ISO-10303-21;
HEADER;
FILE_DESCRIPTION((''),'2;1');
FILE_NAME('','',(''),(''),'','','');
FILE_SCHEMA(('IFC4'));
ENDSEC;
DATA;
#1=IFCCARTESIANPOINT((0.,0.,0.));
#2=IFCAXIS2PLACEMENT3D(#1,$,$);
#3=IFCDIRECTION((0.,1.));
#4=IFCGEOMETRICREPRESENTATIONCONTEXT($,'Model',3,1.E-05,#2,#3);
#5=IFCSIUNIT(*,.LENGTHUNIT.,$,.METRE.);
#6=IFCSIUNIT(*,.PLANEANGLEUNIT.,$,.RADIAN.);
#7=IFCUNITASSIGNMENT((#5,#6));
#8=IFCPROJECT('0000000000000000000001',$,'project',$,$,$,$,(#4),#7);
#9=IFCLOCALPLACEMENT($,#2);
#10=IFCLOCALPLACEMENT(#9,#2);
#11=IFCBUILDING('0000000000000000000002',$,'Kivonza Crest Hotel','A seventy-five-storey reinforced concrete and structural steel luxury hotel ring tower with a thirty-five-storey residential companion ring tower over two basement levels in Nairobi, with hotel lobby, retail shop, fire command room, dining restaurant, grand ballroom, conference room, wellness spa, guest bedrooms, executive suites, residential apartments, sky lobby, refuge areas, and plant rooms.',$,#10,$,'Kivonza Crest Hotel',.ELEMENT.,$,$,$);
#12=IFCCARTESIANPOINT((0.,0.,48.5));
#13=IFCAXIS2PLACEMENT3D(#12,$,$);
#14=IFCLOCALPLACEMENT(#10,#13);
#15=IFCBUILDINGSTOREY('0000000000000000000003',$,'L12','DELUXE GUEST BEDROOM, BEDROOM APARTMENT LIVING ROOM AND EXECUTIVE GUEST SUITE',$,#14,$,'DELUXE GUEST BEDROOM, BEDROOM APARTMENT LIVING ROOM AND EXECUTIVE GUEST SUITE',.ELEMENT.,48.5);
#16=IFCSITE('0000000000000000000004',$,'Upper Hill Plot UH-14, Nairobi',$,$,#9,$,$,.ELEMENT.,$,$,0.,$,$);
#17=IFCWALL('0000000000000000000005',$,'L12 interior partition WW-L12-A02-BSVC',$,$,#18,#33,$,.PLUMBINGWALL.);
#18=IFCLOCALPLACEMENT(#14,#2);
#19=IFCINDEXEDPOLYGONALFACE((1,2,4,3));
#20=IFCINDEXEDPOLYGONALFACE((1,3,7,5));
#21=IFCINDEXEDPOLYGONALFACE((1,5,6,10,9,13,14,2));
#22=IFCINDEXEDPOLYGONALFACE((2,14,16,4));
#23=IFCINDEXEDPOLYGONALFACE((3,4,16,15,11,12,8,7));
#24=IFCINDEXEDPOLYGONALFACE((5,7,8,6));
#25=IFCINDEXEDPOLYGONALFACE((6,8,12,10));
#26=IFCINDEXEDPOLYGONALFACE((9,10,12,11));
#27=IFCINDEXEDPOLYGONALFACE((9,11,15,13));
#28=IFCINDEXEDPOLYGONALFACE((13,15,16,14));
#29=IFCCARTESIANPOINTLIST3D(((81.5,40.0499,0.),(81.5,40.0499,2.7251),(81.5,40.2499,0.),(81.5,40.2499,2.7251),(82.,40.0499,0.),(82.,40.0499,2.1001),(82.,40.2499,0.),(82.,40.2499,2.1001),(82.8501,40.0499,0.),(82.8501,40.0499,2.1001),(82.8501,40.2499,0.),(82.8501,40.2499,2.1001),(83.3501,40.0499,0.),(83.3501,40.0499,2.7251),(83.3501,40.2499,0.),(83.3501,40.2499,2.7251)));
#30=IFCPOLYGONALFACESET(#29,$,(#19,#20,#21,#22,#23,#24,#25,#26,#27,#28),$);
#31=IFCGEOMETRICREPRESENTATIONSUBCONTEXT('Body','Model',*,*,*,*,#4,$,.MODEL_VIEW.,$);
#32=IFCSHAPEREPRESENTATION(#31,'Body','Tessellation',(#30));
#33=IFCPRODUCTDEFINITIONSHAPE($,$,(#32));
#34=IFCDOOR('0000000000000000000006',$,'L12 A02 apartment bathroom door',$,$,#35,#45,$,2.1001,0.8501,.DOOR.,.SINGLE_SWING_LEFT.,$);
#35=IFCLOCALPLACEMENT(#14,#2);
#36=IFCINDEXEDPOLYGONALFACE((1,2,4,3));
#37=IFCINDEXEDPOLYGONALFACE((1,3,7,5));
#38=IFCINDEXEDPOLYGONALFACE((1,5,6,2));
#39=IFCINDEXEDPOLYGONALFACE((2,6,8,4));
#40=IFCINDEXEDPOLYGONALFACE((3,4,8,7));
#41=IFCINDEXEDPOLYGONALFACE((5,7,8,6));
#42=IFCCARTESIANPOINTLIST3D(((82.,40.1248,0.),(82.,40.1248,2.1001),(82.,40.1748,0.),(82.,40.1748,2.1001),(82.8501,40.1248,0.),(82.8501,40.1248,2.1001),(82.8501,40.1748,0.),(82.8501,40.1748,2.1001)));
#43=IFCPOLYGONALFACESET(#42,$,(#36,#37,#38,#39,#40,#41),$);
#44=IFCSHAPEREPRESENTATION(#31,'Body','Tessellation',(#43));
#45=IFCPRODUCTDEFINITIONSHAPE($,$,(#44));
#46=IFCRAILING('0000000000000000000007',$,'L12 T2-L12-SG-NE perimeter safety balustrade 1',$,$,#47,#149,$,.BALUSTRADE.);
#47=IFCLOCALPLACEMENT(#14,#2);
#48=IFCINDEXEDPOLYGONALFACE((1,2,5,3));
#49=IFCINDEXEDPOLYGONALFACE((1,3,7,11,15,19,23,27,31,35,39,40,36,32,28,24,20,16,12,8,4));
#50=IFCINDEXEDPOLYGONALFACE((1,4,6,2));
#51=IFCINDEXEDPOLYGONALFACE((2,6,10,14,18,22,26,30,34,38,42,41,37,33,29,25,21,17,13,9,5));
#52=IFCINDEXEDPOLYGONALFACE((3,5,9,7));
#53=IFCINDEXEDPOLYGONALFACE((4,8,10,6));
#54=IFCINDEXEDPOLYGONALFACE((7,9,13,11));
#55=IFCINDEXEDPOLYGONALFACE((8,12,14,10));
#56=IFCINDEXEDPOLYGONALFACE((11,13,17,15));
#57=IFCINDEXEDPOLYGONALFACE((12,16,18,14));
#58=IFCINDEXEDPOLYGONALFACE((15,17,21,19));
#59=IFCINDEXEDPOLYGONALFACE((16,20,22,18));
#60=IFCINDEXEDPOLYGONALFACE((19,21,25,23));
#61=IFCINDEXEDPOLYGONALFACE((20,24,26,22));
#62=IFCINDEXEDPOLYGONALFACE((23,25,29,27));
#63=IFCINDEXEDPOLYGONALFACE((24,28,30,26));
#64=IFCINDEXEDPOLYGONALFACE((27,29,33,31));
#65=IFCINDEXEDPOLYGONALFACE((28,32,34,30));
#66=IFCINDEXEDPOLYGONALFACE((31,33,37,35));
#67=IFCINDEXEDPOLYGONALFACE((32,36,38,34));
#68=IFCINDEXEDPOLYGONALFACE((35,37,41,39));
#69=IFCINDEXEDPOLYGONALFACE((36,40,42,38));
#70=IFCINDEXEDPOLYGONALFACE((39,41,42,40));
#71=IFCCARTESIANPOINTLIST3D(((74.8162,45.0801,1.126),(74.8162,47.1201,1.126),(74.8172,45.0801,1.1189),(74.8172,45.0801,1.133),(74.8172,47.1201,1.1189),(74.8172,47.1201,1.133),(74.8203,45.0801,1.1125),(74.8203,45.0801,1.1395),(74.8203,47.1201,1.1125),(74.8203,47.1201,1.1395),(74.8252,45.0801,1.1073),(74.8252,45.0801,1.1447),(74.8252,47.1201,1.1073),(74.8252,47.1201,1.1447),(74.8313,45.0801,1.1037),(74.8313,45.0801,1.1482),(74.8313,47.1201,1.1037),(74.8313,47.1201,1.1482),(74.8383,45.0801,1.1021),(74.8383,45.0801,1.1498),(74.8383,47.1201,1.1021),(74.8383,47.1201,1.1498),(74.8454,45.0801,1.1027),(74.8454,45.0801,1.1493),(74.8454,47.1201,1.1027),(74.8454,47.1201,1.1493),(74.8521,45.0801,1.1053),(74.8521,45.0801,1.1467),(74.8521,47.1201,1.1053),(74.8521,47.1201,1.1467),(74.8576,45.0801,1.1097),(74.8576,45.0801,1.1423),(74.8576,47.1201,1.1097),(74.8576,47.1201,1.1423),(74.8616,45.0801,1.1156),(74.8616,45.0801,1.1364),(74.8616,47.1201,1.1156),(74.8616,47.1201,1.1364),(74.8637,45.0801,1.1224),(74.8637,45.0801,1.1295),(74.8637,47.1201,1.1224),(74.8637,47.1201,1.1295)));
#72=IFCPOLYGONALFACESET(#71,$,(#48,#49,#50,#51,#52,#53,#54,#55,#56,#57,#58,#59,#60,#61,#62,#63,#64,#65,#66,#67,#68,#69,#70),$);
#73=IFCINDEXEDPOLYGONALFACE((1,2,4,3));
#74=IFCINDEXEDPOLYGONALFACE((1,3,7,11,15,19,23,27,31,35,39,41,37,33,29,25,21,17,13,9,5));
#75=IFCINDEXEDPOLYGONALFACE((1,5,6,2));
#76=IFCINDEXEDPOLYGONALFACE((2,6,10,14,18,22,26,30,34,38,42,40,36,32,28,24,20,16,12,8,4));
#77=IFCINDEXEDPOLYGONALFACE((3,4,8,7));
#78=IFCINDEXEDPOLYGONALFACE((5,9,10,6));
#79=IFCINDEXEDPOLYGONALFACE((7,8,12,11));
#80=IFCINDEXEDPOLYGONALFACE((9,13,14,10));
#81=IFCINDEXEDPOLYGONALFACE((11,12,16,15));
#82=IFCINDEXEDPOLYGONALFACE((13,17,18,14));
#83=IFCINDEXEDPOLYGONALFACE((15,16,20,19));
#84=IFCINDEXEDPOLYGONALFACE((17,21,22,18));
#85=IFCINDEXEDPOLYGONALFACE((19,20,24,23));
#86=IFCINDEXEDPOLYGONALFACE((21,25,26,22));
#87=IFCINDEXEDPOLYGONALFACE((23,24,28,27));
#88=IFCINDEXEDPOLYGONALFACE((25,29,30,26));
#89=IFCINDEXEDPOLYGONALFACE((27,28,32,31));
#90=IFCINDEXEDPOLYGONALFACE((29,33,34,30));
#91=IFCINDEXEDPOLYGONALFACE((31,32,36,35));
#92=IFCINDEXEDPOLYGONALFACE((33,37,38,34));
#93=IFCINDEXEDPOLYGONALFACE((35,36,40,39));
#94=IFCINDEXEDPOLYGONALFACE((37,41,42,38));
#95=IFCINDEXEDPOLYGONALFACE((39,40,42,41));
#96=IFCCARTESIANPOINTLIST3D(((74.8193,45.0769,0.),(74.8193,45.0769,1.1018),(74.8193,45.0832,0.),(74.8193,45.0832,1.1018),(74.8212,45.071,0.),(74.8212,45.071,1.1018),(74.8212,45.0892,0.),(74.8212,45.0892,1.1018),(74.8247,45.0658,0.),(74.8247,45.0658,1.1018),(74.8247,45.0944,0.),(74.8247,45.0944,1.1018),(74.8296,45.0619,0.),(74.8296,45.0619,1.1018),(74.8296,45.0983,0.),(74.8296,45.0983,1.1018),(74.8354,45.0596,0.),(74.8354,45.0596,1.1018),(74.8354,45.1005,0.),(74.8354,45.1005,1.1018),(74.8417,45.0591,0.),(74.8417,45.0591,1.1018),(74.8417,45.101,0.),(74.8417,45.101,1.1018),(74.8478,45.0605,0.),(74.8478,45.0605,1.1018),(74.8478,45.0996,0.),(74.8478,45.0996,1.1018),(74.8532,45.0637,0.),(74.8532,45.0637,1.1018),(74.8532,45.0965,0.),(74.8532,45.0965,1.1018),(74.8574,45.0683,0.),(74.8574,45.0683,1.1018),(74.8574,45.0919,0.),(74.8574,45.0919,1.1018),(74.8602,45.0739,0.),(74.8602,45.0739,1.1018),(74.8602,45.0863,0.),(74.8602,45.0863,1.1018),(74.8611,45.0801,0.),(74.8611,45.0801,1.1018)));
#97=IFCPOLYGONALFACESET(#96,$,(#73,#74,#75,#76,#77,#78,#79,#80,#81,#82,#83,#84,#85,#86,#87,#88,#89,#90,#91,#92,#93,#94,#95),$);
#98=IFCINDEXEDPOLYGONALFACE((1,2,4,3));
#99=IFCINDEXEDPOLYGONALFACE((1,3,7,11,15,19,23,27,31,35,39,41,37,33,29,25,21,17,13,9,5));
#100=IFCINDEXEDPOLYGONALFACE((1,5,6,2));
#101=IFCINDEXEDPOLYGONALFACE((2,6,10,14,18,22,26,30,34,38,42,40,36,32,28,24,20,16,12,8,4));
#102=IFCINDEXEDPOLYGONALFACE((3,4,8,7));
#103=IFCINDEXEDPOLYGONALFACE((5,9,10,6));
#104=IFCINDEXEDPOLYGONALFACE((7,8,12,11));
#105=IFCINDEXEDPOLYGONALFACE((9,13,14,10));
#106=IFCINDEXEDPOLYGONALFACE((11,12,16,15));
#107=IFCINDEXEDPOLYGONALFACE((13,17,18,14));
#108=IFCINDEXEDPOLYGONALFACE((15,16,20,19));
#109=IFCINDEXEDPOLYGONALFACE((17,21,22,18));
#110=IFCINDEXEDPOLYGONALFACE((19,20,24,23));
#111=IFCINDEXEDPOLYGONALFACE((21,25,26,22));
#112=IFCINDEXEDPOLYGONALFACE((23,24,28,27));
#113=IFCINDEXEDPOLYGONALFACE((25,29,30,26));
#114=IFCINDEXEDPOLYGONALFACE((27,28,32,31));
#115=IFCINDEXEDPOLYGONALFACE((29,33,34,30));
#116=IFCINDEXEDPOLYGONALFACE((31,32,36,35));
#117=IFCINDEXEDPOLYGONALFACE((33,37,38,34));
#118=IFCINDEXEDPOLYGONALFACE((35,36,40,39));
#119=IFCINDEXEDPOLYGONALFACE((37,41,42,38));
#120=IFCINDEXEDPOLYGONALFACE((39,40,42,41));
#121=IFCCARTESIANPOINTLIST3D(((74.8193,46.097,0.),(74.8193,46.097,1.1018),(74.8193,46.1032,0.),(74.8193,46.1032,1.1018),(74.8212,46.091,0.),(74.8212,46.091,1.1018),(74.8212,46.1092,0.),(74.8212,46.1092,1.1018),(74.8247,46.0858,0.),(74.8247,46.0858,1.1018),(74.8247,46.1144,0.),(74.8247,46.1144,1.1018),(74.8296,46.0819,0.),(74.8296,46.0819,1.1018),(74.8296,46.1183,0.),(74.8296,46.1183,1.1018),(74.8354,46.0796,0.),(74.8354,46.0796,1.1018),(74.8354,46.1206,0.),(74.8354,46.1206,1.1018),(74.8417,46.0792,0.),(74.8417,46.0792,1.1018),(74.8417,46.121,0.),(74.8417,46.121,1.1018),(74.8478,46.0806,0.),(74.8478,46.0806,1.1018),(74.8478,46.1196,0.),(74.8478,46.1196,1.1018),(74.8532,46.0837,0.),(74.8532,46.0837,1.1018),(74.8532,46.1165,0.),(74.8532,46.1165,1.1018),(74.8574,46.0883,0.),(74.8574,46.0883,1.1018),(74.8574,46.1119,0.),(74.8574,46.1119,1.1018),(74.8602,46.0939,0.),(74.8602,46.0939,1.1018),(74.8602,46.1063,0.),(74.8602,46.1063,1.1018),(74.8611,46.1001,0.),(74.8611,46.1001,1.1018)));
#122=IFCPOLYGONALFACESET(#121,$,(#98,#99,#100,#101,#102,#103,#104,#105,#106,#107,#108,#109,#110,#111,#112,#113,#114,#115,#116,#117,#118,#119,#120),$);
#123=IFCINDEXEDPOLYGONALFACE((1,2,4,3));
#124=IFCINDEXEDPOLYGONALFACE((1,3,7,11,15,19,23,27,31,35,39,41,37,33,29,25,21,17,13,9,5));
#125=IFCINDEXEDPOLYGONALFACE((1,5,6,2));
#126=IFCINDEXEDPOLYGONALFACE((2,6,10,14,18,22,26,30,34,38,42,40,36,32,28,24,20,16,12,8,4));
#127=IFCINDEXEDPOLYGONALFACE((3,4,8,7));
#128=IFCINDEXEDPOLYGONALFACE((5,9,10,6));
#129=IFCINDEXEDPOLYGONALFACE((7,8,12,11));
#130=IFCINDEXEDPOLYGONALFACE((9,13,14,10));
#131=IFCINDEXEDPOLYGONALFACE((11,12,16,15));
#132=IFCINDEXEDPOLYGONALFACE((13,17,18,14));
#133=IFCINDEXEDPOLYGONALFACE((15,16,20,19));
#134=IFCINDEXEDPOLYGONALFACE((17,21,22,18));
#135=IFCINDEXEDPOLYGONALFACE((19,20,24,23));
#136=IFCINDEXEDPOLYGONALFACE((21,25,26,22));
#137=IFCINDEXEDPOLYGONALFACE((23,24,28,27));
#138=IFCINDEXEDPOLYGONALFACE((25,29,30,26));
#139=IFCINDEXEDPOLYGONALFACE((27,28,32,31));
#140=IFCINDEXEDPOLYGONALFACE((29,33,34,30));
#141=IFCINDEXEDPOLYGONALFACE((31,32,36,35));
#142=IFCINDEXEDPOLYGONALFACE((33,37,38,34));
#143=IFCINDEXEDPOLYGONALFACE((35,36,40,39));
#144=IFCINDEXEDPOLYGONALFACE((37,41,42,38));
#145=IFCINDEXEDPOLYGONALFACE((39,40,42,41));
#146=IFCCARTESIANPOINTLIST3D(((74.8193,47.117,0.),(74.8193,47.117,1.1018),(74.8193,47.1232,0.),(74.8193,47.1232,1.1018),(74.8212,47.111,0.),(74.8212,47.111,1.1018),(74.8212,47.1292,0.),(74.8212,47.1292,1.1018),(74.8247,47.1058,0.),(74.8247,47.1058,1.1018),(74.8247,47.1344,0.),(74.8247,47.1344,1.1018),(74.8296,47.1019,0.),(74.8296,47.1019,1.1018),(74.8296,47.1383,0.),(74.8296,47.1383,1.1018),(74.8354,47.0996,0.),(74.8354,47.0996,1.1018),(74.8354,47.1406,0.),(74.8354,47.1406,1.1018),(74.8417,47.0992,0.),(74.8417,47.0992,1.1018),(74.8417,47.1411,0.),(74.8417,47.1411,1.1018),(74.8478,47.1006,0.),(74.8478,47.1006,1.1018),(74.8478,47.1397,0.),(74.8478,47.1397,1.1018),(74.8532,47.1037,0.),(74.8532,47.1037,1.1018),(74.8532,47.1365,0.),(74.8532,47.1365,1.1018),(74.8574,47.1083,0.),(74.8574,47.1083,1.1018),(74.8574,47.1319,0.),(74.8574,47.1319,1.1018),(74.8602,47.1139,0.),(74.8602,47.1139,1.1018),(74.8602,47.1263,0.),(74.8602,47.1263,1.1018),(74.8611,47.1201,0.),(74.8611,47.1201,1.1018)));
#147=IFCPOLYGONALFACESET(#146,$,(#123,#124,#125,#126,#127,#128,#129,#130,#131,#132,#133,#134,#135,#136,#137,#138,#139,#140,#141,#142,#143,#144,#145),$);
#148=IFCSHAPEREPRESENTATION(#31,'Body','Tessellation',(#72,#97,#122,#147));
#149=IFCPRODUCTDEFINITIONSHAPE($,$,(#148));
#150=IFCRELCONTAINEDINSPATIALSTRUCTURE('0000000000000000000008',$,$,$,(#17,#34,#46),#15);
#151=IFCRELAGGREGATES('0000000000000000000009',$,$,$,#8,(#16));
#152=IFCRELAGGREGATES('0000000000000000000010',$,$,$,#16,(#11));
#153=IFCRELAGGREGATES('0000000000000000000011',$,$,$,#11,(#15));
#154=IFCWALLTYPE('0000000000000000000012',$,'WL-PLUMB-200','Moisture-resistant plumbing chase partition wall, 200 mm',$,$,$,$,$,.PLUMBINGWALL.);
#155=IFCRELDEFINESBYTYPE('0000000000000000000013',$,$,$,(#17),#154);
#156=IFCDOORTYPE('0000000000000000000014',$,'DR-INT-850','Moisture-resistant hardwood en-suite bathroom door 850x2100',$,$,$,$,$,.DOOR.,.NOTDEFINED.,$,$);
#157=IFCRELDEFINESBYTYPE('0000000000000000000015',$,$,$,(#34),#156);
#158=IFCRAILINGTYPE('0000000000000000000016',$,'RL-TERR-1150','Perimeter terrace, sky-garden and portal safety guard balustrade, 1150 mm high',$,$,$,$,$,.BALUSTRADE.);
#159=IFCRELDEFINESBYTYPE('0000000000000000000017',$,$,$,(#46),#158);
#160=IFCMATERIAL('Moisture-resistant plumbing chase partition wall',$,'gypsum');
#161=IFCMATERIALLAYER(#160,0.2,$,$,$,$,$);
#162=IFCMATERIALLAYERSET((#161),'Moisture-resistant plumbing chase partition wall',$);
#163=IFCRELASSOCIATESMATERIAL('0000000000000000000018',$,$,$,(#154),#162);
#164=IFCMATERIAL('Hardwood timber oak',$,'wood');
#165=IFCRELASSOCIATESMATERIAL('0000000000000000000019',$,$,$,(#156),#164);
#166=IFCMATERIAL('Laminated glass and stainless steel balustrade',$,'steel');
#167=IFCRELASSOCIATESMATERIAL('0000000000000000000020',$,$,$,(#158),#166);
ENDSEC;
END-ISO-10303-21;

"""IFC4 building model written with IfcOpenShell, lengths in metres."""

from ifc_helpers import new_model, si_unit, direction, frame, frame_2d, origin, origin_2d, place, context, subcontext, project, spatial, rectangle, circle, extrude, material, layer, layer_set, type_object, element, fill, save


model = new_model("IFC4")

# Units and contexts
model_context = context("Model", 3, precision=1e-05, world=origin(), true_north=direction((0.0, 1.0)))
body_context = subcontext(model_context, "Body", "Model", "MODEL_VIEW")
ifc_project = project(units=[si_unit("LENGTHUNIT", "METRE"), si_unit("PLANEANGLEUNIT", "RADIAN")], contexts=[model_context])

# Site, building, storey
site_placement = place(None, origin())
site = spatial("IfcSite", under=ifc_project, at=site_placement, Name="Upper Hill Plot UH-14, Nairobi", CompositionType="ELEMENT", RefElevation=0.0)
building_placement = place(site_placement, origin())
building = spatial("IfcBuilding", under=site, at=building_placement, Name="Kivonza Crest Hotel", Description="A seventy-five-storey reinforced concrete and structural steel luxury hotel ring tower with a thirty-five-storey residential companion ring tower over two basement levels in Nairobi, with hotel lobby, retail shop, fire command room, dining restaurant, grand ballroom, conference room, wellness spa, guest bedrooms, executive suites, residential apartments, sky lobby, refuge areas, and plant rooms.", LongName="Kivonza Crest Hotel", CompositionType="ELEMENT")
storey_placement = place(building_placement, frame((0.0, 0.0, 48.5)))
storey = spatial("IfcBuildingStorey", under=building, at=storey_placement, Name="L12", Description="DELUXE GUEST BEDROOM, BEDROOM APARTMENT LIVING ROOM AND EXECUTIVE GUEST SUITE", LongName="DELUXE GUEST BEDROOM, BEDROOM APARTMENT LIVING ROOM AND EXECUTIVE GUEST SUITE", CompositionType="ELEMENT", Elevation=48.5)

# Shared definitions
ifc_material_1 = material(Name="Hardwood timber oak", Category="wood")

# Shared definitions
ifc_material_2 = material(Name="Moisture-resistant plumbing chase partition wall", Category="gypsum")
ifc_layer_1 = layer(ifc_material_2, 0.2)
ifc_layer_set_1 = layer_set([ifc_layer_1], Name="Moisture-resistant plumbing chase partition wall")
wall_type_1 = type_object("IfcWallType", Name="WL-PLUMB-200", Description="Moisture-resistant plumbing chase partition wall, 200 mm", PredefinedType="PLUMBINGWALL", material=ifc_layer_set_1)

# Shared definitions
door_type_1 = type_object("IfcDoorType", Name="DR-INT-850", Description="Moisture-resistant hardwood en-suite bathroom door 850x2100", OperationType="NOTDEFINED", PredefinedType="DOOR", material=ifc_material_1)

# Wall, opening, door
wall_1_placement = place(storey_placement, frame((81.5, 40.1499, 0.0), z_axis=(0.0, 0.0, 1.0), x_axis=(1.0, 0.0, 0.0)))
wall_1 = element("IfcWall", 1, at=wall_1_placement, inside=storey, type_object=wall_type_1, Name="L12 interior partition WW-L12-A02-BSVC", PredefinedType="PLUMBINGWALL", context=body_context, shape_type="SweptSolid", body=[
    extrude(rectangle(XDim=1.8501, YDim=0.2, at=frame_2d((0.925, 0.0))), origin(), (0.0, 0.0, 1.0), 2.7251),
])
opening_1_placement = place(wall_1_placement, frame((0.5, 0.0, 0.0)))
opening_1 = element("IfcOpeningElement", 2, at=opening_1_placement, cuts=wall_1, PredefinedType="OPENING", context=body_context, shape_type="SweptSolid", body=[
    extrude(rectangle(XDim=0.8501, YDim=2.1001, at=frame_2d((0.425, 1.05))), frame((0.0, 0.1099, 0.0), z_axis=(0.0, -1.0, 0.0), x_axis=(1.0, 0.0, 0.0)), (0.0, 0.0, 1.0), 0.22),
])
door_1_placement = place(opening_1_placement, origin())
door_1 = element("IfcDoor", 3, at=door_1_placement, inside=storey, type_object=door_type_1, Name="L12 A02 apartment bathroom door", OperationType="SINGLE_SWING_LEFT", OverallHeight=2.1001, OverallWidth=0.8501, PredefinedType="DOOR", context=body_context, shape_type="SweptSolid", body=[
    extrude(rectangle(XDim=0.8501, YDim=2.1001, at=frame_2d((0.425, 1.05))), frame((0.0, 0.0249, 0.0), z_axis=(0.0, -1.0, 0.0), x_axis=(1.0, 0.0, 0.0)), (0.0, 0.0, 1.0), 0.05),
])
fill(opening_1, door_1)

# Railing
ifc_material_3 = material(Name="Laminated glass and stainless steel balustrade", Category="steel")
railing_type = type_object("IfcRailingType", Name="RL-TERR-1150", Description="Perimeter terrace, sky-garden and portal safety guard balustrade, 1150 mm high", PredefinedType="BALUSTRADE", material=ifc_material_3)
railing_1_placement = place(storey_placement, frame((74.8401, 45.0801, 0.0)))
element("IfcRailing", 4, at=railing_1_placement, inside=storey, type_object=railing_type, Name="L12 T2-L12-SG-NE perimeter safety balustrade 1", PredefinedType="BALUSTRADE", context=body_context, shape_type="SweptSolid", body=[
    extrude(circle(Radius=0.0239, at=origin_2d()), frame((0.0, 0.0, 1.126), z_axis=(0.0, 1.0, 0.0), x_axis=(-1.0, 0.0, 0.0)), (0.0, 0.0, 1.0), 2.04),
    extrude(circle(Radius=0.021, at=origin_2d()), origin(), (0.0, 0.0, 1.0), 1.1018),
    extrude(circle(Radius=0.021, at=origin_2d()), frame((0.0, 1.02, 0.0)), (0.0, 0.0, 1.0), 1.1018),
    extrude(circle(Radius=0.021, at=origin_2d()), frame((0.0, 2.04, 0.0)), (0.0, 0.0, 1.0), 1.1018),
])

save(model, "model.ifc")
